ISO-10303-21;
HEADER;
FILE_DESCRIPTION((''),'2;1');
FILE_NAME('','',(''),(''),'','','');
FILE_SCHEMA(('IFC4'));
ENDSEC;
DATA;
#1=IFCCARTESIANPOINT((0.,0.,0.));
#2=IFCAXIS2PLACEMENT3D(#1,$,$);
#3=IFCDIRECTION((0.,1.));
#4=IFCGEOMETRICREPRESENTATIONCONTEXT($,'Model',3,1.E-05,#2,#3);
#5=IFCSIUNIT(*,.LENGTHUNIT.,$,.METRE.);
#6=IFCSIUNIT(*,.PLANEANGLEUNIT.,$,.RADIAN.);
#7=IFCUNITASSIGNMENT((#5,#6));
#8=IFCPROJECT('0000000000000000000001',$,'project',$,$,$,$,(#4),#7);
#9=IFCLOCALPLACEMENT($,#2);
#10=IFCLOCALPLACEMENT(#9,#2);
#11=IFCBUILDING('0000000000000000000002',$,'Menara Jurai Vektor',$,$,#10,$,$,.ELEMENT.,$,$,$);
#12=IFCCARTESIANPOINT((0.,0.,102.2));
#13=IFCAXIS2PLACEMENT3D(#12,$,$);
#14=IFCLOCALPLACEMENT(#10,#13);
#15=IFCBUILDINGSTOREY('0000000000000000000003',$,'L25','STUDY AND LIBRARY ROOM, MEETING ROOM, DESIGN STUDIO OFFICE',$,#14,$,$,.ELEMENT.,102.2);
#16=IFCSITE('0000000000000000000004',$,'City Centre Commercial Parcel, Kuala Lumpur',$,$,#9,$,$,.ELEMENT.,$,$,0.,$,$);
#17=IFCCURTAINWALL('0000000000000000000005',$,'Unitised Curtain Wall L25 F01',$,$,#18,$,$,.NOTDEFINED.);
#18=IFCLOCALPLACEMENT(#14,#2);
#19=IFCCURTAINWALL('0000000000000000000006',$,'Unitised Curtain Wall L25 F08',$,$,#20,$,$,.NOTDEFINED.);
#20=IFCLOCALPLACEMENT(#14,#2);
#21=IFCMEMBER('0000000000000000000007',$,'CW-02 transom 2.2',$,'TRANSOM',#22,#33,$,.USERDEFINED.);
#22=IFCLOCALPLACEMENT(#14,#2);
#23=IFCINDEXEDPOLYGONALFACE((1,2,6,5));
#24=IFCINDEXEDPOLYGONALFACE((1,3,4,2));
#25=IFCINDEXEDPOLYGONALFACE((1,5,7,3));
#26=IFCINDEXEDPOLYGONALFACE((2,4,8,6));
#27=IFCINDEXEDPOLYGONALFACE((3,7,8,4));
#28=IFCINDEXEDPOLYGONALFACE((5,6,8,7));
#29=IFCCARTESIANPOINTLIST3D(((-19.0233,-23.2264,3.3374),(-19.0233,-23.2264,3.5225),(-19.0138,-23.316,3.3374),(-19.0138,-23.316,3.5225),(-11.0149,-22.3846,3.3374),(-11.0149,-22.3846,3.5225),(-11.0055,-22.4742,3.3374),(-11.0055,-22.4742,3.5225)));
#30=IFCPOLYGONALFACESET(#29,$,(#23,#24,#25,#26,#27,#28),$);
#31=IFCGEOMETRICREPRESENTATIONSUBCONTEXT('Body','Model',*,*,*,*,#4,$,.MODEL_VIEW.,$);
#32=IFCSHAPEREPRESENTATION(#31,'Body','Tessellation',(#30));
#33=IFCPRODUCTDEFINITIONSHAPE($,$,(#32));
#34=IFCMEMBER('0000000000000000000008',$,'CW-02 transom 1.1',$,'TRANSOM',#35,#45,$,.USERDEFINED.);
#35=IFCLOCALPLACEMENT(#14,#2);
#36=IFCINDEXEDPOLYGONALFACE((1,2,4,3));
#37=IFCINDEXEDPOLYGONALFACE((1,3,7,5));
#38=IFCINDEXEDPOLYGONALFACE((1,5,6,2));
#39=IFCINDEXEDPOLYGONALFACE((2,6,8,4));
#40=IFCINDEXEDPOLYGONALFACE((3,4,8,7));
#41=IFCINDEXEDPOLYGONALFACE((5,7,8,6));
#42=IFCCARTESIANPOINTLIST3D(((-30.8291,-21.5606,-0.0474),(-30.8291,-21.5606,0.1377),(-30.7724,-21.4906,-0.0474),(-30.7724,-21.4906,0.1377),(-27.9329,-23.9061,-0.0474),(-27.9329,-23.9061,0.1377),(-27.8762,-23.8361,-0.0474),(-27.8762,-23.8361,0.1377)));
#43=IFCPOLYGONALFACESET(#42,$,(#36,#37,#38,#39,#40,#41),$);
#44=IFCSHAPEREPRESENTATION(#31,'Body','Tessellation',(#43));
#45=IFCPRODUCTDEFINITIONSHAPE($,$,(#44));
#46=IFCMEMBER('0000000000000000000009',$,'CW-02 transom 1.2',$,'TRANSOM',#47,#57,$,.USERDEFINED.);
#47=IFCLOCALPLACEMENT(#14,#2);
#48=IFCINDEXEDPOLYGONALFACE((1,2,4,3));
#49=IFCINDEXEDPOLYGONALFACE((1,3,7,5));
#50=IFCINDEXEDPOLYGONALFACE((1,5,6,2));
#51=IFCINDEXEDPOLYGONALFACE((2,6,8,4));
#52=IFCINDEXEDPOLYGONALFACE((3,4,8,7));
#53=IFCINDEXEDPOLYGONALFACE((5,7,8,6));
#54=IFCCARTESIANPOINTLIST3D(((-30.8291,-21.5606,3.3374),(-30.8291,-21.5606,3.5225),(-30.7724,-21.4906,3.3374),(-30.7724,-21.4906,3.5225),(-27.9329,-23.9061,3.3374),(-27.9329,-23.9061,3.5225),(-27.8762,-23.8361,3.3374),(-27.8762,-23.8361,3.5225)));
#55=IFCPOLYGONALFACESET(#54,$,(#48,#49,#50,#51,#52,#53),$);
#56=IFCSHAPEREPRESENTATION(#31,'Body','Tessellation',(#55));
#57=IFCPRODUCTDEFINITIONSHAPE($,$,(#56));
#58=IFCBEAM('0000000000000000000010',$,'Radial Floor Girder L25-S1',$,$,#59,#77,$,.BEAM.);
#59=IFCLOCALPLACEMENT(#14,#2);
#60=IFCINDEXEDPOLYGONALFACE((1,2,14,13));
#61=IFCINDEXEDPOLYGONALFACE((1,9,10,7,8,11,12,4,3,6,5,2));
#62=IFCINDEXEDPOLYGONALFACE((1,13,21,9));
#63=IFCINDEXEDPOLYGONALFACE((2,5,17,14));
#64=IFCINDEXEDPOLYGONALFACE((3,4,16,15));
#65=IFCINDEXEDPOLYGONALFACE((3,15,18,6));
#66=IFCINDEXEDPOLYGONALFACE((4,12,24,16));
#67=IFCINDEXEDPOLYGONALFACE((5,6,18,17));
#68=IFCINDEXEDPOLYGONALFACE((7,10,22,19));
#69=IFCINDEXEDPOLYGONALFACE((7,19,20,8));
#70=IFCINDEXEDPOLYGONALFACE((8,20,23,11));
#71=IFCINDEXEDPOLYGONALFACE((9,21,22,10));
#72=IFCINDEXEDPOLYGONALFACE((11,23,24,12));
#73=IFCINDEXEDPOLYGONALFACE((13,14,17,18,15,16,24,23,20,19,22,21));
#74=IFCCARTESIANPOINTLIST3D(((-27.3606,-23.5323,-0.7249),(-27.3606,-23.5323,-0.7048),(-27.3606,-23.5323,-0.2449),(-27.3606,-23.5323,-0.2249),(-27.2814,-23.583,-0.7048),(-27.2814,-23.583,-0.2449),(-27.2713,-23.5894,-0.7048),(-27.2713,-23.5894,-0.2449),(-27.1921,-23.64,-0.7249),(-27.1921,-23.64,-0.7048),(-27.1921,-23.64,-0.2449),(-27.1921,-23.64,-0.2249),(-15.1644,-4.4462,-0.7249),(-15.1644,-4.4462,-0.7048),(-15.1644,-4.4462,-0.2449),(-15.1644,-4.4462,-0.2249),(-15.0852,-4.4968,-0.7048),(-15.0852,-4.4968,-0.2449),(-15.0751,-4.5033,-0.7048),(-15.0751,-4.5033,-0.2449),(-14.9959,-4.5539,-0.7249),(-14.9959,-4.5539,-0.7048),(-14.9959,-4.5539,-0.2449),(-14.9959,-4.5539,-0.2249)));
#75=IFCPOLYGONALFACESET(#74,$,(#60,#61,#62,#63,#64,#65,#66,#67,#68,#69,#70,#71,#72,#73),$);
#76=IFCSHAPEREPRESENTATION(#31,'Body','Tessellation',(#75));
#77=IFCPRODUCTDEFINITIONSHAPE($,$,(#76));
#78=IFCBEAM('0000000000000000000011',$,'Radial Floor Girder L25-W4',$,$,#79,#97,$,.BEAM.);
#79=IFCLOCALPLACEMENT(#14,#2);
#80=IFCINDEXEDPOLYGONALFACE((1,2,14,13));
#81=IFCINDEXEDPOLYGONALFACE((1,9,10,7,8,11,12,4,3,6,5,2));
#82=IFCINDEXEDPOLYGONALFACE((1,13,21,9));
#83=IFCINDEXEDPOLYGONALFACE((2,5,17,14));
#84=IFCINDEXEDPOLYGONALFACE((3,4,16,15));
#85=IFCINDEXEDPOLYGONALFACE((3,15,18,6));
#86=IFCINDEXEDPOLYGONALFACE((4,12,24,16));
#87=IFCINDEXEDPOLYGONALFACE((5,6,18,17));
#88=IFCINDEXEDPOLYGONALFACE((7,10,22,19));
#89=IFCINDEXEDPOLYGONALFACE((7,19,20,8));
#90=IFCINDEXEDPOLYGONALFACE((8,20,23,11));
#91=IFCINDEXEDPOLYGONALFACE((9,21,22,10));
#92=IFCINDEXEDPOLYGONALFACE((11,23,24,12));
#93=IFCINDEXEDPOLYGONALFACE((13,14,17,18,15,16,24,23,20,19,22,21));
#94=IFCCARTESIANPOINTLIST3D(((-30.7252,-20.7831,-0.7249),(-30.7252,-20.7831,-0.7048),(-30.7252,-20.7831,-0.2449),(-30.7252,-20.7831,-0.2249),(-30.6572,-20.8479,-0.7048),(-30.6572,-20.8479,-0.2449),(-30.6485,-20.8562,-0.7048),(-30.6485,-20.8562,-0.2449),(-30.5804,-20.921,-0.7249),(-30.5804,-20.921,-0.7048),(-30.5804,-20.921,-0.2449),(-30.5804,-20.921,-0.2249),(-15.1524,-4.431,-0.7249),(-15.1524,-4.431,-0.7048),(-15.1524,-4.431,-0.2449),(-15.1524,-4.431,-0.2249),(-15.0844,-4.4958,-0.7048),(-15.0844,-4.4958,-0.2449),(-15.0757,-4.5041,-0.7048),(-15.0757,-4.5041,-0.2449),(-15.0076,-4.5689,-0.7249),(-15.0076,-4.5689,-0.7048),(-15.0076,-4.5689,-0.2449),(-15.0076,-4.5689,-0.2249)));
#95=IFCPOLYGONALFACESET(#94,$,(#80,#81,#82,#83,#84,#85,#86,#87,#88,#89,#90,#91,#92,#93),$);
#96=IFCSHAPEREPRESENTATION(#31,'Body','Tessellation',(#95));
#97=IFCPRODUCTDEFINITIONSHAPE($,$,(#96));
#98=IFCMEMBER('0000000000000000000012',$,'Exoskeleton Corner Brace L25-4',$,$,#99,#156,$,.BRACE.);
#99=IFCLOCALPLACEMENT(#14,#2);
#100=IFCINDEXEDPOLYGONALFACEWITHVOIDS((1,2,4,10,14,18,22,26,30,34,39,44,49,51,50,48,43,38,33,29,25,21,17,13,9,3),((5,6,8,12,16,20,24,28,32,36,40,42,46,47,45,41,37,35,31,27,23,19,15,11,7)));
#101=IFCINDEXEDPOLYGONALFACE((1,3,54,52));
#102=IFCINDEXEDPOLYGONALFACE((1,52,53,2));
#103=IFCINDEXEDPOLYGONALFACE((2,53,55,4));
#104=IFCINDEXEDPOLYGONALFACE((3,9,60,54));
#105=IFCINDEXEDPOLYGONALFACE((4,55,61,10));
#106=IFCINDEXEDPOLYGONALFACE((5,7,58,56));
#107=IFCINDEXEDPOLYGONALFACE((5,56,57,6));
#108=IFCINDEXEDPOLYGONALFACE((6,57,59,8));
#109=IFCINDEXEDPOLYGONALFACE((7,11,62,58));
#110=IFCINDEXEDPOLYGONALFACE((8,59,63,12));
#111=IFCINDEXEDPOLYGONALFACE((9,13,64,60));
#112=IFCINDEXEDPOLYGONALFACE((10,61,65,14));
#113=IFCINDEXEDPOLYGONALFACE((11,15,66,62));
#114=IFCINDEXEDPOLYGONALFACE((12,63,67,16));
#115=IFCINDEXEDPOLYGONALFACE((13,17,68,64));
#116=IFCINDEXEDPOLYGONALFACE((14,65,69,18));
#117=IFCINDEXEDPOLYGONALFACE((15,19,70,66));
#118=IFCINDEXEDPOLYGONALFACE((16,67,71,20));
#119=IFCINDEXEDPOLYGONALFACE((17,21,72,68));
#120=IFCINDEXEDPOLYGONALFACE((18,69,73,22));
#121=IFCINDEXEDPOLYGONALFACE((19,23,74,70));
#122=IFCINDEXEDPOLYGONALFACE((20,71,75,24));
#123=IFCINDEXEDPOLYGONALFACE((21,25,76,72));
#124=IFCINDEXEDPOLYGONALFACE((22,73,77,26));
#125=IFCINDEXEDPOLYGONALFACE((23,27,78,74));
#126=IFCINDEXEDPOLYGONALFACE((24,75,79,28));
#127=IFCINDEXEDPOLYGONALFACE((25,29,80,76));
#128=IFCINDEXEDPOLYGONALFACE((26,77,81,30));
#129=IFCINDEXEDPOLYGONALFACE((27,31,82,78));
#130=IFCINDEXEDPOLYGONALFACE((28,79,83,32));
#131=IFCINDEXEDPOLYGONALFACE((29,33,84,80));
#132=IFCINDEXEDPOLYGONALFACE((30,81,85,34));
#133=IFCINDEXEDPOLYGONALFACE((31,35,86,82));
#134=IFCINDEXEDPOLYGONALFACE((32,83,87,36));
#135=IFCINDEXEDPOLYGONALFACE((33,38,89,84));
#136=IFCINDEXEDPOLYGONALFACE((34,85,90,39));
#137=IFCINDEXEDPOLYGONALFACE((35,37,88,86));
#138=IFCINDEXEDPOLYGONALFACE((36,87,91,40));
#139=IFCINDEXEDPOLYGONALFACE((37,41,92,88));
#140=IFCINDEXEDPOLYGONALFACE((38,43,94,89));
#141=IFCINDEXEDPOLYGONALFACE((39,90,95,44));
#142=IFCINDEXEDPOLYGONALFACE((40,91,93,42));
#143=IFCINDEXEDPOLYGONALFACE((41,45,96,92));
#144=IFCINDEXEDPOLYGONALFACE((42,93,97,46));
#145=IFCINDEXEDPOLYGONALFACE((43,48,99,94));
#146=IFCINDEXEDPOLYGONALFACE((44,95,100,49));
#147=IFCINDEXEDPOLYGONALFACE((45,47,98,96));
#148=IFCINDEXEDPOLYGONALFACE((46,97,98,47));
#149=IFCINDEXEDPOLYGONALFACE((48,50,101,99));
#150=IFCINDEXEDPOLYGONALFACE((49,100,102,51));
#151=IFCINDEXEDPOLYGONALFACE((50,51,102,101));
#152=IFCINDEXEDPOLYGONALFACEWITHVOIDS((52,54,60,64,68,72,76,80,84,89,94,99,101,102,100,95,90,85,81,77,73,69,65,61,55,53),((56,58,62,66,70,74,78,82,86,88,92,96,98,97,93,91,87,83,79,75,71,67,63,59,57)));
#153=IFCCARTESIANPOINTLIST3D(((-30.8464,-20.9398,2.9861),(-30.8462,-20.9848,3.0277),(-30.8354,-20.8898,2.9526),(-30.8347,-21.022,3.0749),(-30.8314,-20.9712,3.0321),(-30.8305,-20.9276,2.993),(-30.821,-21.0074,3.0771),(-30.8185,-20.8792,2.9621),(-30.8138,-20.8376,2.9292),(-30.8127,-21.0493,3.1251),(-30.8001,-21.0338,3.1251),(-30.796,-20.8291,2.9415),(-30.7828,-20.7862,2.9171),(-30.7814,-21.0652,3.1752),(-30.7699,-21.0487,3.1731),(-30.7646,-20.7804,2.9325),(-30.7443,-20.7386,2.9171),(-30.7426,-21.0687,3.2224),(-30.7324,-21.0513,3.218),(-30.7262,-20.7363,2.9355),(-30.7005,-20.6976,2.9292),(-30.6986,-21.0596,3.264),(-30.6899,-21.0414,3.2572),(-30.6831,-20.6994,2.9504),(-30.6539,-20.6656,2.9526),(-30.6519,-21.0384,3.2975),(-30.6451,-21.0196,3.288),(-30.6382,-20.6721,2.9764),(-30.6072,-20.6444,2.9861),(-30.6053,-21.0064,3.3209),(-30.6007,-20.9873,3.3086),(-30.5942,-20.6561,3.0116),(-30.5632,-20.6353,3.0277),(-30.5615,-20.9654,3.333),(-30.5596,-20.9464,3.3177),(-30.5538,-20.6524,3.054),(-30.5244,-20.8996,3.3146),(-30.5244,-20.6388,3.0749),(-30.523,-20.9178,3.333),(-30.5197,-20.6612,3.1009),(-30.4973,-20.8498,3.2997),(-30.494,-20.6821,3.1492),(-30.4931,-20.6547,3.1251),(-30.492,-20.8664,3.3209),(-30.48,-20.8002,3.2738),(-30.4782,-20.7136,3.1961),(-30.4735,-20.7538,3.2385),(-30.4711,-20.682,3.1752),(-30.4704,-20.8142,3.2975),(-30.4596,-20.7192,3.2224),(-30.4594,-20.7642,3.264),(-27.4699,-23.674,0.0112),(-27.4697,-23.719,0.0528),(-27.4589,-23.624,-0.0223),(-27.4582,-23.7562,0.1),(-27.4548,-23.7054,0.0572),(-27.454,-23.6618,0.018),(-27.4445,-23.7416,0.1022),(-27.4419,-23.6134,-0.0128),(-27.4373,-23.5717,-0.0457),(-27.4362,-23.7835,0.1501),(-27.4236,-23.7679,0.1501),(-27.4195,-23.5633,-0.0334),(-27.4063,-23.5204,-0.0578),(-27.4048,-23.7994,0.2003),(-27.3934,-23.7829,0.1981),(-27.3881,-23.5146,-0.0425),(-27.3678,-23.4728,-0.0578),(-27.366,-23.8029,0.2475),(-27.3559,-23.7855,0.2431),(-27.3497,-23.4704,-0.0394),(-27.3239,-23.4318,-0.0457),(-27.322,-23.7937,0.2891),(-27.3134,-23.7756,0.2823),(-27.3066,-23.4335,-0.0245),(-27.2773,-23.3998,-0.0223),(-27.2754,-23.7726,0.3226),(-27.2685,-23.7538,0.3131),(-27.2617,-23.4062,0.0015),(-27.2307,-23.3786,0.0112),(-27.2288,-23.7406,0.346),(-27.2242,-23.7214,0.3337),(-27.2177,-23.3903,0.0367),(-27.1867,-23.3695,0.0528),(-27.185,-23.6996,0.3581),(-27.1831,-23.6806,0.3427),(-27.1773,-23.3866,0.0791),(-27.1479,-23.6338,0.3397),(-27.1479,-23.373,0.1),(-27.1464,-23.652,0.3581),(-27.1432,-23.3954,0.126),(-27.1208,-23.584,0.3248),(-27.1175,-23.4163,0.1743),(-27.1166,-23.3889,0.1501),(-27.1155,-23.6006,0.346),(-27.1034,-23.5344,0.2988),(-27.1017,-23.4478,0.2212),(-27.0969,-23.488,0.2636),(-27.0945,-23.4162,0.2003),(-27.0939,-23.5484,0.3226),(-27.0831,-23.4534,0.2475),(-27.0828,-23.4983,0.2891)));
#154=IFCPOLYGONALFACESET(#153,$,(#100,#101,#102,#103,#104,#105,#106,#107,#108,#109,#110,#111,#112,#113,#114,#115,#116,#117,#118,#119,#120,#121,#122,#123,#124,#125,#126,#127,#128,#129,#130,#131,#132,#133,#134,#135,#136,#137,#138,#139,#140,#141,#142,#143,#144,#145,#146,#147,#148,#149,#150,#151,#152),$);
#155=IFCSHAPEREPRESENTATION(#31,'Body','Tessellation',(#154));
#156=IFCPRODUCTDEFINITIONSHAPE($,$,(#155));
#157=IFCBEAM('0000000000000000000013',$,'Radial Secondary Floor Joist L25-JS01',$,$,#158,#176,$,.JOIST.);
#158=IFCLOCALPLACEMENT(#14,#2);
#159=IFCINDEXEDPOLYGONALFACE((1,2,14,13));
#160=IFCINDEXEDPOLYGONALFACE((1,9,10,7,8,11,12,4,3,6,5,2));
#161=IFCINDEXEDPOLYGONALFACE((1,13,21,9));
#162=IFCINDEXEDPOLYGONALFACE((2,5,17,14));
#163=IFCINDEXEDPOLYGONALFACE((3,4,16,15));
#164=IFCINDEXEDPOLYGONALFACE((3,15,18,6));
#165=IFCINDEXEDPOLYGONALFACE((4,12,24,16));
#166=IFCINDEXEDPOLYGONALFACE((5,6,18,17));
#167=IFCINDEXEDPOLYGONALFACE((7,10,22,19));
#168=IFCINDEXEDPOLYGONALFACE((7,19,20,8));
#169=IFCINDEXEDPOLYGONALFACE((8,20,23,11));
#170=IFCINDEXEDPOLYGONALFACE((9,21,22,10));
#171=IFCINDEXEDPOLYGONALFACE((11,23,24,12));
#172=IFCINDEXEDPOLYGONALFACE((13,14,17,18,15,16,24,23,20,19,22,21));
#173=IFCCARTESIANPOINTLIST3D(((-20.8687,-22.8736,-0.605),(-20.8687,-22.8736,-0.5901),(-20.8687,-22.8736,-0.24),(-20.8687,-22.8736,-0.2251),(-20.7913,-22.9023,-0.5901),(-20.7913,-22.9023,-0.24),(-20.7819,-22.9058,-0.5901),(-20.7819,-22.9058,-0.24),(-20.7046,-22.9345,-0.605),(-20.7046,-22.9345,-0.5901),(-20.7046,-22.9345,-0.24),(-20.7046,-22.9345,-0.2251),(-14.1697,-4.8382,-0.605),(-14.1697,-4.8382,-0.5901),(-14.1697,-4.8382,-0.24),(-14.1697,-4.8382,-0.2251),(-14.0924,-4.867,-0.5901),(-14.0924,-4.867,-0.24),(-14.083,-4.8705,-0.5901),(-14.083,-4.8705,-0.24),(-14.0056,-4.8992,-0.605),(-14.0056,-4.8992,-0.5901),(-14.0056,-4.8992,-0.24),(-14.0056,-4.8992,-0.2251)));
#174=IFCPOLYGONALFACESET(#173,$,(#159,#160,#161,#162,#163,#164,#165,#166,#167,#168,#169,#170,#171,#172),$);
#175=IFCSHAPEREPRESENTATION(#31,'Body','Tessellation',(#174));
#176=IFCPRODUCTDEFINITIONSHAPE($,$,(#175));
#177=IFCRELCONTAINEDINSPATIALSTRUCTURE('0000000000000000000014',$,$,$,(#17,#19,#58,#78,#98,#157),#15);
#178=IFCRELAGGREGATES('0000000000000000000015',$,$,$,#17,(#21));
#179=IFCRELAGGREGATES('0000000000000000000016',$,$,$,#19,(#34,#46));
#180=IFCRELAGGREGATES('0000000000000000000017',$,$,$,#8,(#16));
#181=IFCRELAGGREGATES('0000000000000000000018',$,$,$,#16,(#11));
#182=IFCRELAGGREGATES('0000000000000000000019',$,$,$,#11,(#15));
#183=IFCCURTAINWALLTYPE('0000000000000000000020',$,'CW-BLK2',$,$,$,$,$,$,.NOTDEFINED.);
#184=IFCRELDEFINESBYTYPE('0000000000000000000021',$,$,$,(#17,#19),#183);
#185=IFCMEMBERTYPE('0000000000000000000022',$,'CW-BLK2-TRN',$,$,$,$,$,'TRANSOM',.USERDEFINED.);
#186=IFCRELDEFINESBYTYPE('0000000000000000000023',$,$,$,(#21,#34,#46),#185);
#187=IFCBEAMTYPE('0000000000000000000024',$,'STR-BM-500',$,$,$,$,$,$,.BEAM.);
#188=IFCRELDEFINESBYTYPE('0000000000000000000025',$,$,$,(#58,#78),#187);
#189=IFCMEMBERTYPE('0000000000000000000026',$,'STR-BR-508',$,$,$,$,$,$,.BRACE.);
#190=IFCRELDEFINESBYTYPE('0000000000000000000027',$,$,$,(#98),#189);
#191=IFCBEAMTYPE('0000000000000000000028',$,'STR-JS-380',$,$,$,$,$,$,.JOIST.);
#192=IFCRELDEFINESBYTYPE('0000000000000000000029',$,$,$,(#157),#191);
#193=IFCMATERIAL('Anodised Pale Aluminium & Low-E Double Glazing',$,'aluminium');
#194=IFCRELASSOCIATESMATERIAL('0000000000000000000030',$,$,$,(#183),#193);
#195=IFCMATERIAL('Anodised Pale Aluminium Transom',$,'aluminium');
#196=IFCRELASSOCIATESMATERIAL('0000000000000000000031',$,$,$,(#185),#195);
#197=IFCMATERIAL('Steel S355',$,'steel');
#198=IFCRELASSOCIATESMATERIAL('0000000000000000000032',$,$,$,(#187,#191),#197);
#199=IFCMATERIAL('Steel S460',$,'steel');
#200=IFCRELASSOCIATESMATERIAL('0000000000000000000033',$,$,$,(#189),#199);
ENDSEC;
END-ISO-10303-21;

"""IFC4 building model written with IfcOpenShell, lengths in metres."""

from ifc_helpers import new_model, si_unit, direction, frame, origin, origin_2d, place, context, subcontext, project, spatial, rectangle, hollow_circle, i_section, extrude, material, material_profile, profile_set, type_object, element, aggregate, save


model = new_model("IFC4")

# Units and contexts
model_context = context("Model", 3, precision=1e-05, world=origin(), true_north=direction((0.0, 1.0)))
body_context = subcontext(model_context, "Body", "Model", "MODEL_VIEW")
ifc_project = project(units=[si_unit("LENGTHUNIT", "METRE"), si_unit("PLANEANGLEUNIT", "RADIAN")], contexts=[model_context])

# Site, building, storey
site_placement = place(None, origin())
site = spatial("IfcSite", under=ifc_project, at=site_placement, Name="City Centre Commercial Parcel, Kuala Lumpur", CompositionType="ELEMENT", RefElevation=0.0)
building_placement = place(site_placement, origin())
building = spatial("IfcBuilding", under=site, at=building_placement, Name="Menara Jurai Vektor", CompositionType="ELEMENT")
storey_placement = place(building_placement, frame((0.0, 0.0, 102.2)))
storey = spatial("IfcBuildingStorey", under=building, at=storey_placement, Name="L25", Description="STUDY AND LIBRARY ROOM, MEETING ROOM, DESIGN STUDIO OFFICE", CompositionType="ELEMENT", Elevation=102.2)

# Shared definitions
ifc_material_1 = material(Name="Steel S460", Category="steel")

# Curtain walls
ifc_material_2 = material(Name="Anodised Pale Aluminium & Low-E Double Glazing", Category="aluminium")
curtain_wall_type = type_object("IfcCurtainWallType", Name="CW-BLK2", PredefinedType="NOTDEFINED", material=ifc_material_2)
curtain_wall_1_placement = place(storey_placement, origin())
curtain_wall_1 = element("IfcCurtainWall", 1, at=curtain_wall_1_placement, inside=storey, type_object=curtain_wall_type, Name="Unitised Curtain Wall L25 F01", PredefinedType="NOTDEFINED")
curtain_wall_2_placement = place(storey_placement, origin())
curtain_wall_2 = element("IfcCurtainWall", 2, at=curtain_wall_2_placement, inside=storey, type_object=curtain_wall_type, Name="Unitised Curtain Wall L25 F08", PredefinedType="NOTDEFINED")

# Members
ifc_material_3 = material(Name="Anodised Pale Aluminium Transom", Category="aluminium")
ifc_material_profile_1 = material_profile(ifc_material_3, rectangle(XDim=0.0901, YDim=0.1851, at=origin_2d()), Name="ALU TRN 90x185")
ifc_profile_set_1 = profile_set([ifc_material_profile_1], Name="Anodised Pale Aluminium Transom")
member_type_1 = type_object("IfcMemberType", Name="CW-BLK2-TRN", ElementType="TRANSOM", PredefinedType="USERDEFINED", material=ifc_profile_set_1)
member_1_placement = place(storey_placement, frame((-19.0186, -23.2712, 3.4299), z_axis=(0.994521, 0.10454, 0.0), x_axis=(-0.10454, 0.994521, 0.0)))
member_1 = element("IfcMember", 3, at=member_1_placement, type_object=member_type_1, Name="CW-02 transom 2.2", ObjectType="TRANSOM", PredefinedType="USERDEFINED", context=body_context, shape_type="SweptSolid", body=[
    extrude(rectangle(XDim=0.0901, YDim=0.1851, at=origin_2d()), origin(), (0.0, 0.0, 1.0), 8.0525),
])
member_2_placement = place(storey_placement, frame((-30.8008, -21.5256, 0.0452), z_axis=(0.777129, -0.629341, 0.0), x_axis=(0.629341, 0.777129, 0.0)))
member_2 = element("IfcMember", 4, at=member_2_placement, type_object=member_type_1, Name="CW-02 transom 1.1", ObjectType="TRANSOM", PredefinedType="USERDEFINED", context=body_context, shape_type="SweptSolid", body=[
    extrude(rectangle(XDim=0.0901, YDim=0.1851, at=origin_2d()), origin(), (0.0, 0.0, 1.0), 3.7268),
])
member_3_placement = place(storey_placement, frame((-30.8008, -21.5256, 3.4299), z_axis=(0.777129, -0.629341, 0.0), x_axis=(0.629341, 0.777129, 0.0)))
member_3 = element("IfcMember", 5, at=member_3_placement, type_object=member_type_1, Name="CW-02 transom 1.2", ObjectType="TRANSOM", PredefinedType="USERDEFINED", context=body_context, shape_type="SweptSolid", body=[
    extrude(rectangle(XDim=0.0901, YDim=0.1851, at=origin_2d()), origin(), (0.0, 0.0, 1.0), 3.7268),
])

# Beams
ifc_material_4 = material(Name="Steel S355", Category="steel")
ifc_material_profile_2 = material_profile(ifc_material_4, i_section(OverallWidth=0.2, OverallDepth=0.5, WebThickness=0.012, FlangeThickness=0.02, at=origin_2d()), Name="PG 500x200x96")
ifc_profile_set_2 = profile_set([ifc_material_profile_2], Name="Steel S355")
beam_type_1 = type_object("IfcBeamType", Name="STR-BM-500", PredefinedType="BEAM", material=ifc_profile_set_2)
beam_1_placement = place(storey_placement, frame((-27.2764, -23.5862, -0.4749), z_axis=(0.538463, 0.842649, 0.0), x_axis=(-0.842649, 0.538463, 0.0)))
element("IfcBeam", 6, at=beam_1_placement, inside=storey, type_object=beam_type_1, Name="Radial Floor Girder L25-S1", PredefinedType="BEAM", context=body_context, shape_type="SweptSolid", body=[
    extrude(i_section(OverallWidth=0.2, OverallDepth=0.5, WebThickness=0.012, FlangeThickness=0.02, at=origin_2d()), origin(), (0.0, 0.0, 1.0), 22.6501),
])
beam_2_placement = place(storey_placement, frame((-30.6528, -20.8521, -0.4749), z_axis=(0.689641, 0.724152, 0.0), x_axis=(-0.724152, 0.689641, 0.0)))
element("IfcBeam", 7, at=beam_2_placement, inside=storey, type_object=beam_type_1, Name="Radial Floor Girder L25-W4", PredefinedType="BEAM", context=body_context, shape_type="SweptSolid", body=[
    extrude(i_section(OverallWidth=0.2, OverallDepth=0.5, WebThickness=0.012, FlangeThickness=0.02, at=origin_2d()), origin(), (0.0, 0.0, 1.0), 22.5811),
])

# Member
ifc_material_profile_3 = material_profile(ifc_material_1, hollow_circle(Radius=0.2539, WallThickness=0.02, at=origin_2d()), Name="CHS 508x20")
ifc_profile_set_3 = profile_set([ifc_material_profile_3], Name="Steel S460")
member_type_2 = type_object("IfcMemberType", Name="STR-BR-508", PredefinedType="BRACE", material=ifc_profile_set_3)
member_4_placement = place(storey_placement, frame((-27.2764, -23.5862, 0.1501), z_axis=(-0.64124, 0.519251, 0.564968), x_axis=(-0.62931, -0.777155, 0.0)))
element("IfcMember", 8, at=member_4_placement, inside=storey, type_object=member_type_2, Name="Exoskeleton Corner Brace L25-4", PredefinedType="BRACE", context=body_context, shape_type="SweptSolid", body=[
    extrude(hollow_circle(Radius=0.2539, WallThickness=0.02, at=origin_2d()), origin(), (0.0, 0.0, 1.0), 5.2656),
])

# Beam
ifc_material_profile_4 = material_profile(ifc_material_4, i_section(OverallWidth=0.175, OverallDepth=0.3799, WebThickness=0.01, FlangeThickness=0.0149, at=origin_2d()), Name="PG 380x175x58")
ifc_profile_set_4 = profile_set([ifc_material_profile_4], Name="Steel S355")
beam_type_2 = type_object("IfcBeamType", Name="STR-JS-380", PredefinedType="JOIST", material=ifc_profile_set_4)
beam_3_placement = place(storey_placement, frame((-20.7866, -22.9041, -0.415), z_axis=(0.348192, 0.937423, 0.0), x_axis=(-0.937423, 0.348192, 0.0)))
element("IfcBeam", 9, at=beam_3_placement, inside=storey, type_object=beam_type_2, Name="Radial Secondary Floor Joist L25-JS01", PredefinedType="JOIST", context=body_context, shape_type="SweptSolid", body=[
    extrude(i_section(OverallWidth=0.175, OverallDepth=0.3799, WebThickness=0.01, FlangeThickness=0.0149, at=origin_2d()), origin(), (0.0, 0.0, 1.0), 19.2393),
])

aggregate(curtain_wall_1, [member_1])
aggregate(curtain_wall_2, [member_2, member_3])

save(model, "model.ifc")
